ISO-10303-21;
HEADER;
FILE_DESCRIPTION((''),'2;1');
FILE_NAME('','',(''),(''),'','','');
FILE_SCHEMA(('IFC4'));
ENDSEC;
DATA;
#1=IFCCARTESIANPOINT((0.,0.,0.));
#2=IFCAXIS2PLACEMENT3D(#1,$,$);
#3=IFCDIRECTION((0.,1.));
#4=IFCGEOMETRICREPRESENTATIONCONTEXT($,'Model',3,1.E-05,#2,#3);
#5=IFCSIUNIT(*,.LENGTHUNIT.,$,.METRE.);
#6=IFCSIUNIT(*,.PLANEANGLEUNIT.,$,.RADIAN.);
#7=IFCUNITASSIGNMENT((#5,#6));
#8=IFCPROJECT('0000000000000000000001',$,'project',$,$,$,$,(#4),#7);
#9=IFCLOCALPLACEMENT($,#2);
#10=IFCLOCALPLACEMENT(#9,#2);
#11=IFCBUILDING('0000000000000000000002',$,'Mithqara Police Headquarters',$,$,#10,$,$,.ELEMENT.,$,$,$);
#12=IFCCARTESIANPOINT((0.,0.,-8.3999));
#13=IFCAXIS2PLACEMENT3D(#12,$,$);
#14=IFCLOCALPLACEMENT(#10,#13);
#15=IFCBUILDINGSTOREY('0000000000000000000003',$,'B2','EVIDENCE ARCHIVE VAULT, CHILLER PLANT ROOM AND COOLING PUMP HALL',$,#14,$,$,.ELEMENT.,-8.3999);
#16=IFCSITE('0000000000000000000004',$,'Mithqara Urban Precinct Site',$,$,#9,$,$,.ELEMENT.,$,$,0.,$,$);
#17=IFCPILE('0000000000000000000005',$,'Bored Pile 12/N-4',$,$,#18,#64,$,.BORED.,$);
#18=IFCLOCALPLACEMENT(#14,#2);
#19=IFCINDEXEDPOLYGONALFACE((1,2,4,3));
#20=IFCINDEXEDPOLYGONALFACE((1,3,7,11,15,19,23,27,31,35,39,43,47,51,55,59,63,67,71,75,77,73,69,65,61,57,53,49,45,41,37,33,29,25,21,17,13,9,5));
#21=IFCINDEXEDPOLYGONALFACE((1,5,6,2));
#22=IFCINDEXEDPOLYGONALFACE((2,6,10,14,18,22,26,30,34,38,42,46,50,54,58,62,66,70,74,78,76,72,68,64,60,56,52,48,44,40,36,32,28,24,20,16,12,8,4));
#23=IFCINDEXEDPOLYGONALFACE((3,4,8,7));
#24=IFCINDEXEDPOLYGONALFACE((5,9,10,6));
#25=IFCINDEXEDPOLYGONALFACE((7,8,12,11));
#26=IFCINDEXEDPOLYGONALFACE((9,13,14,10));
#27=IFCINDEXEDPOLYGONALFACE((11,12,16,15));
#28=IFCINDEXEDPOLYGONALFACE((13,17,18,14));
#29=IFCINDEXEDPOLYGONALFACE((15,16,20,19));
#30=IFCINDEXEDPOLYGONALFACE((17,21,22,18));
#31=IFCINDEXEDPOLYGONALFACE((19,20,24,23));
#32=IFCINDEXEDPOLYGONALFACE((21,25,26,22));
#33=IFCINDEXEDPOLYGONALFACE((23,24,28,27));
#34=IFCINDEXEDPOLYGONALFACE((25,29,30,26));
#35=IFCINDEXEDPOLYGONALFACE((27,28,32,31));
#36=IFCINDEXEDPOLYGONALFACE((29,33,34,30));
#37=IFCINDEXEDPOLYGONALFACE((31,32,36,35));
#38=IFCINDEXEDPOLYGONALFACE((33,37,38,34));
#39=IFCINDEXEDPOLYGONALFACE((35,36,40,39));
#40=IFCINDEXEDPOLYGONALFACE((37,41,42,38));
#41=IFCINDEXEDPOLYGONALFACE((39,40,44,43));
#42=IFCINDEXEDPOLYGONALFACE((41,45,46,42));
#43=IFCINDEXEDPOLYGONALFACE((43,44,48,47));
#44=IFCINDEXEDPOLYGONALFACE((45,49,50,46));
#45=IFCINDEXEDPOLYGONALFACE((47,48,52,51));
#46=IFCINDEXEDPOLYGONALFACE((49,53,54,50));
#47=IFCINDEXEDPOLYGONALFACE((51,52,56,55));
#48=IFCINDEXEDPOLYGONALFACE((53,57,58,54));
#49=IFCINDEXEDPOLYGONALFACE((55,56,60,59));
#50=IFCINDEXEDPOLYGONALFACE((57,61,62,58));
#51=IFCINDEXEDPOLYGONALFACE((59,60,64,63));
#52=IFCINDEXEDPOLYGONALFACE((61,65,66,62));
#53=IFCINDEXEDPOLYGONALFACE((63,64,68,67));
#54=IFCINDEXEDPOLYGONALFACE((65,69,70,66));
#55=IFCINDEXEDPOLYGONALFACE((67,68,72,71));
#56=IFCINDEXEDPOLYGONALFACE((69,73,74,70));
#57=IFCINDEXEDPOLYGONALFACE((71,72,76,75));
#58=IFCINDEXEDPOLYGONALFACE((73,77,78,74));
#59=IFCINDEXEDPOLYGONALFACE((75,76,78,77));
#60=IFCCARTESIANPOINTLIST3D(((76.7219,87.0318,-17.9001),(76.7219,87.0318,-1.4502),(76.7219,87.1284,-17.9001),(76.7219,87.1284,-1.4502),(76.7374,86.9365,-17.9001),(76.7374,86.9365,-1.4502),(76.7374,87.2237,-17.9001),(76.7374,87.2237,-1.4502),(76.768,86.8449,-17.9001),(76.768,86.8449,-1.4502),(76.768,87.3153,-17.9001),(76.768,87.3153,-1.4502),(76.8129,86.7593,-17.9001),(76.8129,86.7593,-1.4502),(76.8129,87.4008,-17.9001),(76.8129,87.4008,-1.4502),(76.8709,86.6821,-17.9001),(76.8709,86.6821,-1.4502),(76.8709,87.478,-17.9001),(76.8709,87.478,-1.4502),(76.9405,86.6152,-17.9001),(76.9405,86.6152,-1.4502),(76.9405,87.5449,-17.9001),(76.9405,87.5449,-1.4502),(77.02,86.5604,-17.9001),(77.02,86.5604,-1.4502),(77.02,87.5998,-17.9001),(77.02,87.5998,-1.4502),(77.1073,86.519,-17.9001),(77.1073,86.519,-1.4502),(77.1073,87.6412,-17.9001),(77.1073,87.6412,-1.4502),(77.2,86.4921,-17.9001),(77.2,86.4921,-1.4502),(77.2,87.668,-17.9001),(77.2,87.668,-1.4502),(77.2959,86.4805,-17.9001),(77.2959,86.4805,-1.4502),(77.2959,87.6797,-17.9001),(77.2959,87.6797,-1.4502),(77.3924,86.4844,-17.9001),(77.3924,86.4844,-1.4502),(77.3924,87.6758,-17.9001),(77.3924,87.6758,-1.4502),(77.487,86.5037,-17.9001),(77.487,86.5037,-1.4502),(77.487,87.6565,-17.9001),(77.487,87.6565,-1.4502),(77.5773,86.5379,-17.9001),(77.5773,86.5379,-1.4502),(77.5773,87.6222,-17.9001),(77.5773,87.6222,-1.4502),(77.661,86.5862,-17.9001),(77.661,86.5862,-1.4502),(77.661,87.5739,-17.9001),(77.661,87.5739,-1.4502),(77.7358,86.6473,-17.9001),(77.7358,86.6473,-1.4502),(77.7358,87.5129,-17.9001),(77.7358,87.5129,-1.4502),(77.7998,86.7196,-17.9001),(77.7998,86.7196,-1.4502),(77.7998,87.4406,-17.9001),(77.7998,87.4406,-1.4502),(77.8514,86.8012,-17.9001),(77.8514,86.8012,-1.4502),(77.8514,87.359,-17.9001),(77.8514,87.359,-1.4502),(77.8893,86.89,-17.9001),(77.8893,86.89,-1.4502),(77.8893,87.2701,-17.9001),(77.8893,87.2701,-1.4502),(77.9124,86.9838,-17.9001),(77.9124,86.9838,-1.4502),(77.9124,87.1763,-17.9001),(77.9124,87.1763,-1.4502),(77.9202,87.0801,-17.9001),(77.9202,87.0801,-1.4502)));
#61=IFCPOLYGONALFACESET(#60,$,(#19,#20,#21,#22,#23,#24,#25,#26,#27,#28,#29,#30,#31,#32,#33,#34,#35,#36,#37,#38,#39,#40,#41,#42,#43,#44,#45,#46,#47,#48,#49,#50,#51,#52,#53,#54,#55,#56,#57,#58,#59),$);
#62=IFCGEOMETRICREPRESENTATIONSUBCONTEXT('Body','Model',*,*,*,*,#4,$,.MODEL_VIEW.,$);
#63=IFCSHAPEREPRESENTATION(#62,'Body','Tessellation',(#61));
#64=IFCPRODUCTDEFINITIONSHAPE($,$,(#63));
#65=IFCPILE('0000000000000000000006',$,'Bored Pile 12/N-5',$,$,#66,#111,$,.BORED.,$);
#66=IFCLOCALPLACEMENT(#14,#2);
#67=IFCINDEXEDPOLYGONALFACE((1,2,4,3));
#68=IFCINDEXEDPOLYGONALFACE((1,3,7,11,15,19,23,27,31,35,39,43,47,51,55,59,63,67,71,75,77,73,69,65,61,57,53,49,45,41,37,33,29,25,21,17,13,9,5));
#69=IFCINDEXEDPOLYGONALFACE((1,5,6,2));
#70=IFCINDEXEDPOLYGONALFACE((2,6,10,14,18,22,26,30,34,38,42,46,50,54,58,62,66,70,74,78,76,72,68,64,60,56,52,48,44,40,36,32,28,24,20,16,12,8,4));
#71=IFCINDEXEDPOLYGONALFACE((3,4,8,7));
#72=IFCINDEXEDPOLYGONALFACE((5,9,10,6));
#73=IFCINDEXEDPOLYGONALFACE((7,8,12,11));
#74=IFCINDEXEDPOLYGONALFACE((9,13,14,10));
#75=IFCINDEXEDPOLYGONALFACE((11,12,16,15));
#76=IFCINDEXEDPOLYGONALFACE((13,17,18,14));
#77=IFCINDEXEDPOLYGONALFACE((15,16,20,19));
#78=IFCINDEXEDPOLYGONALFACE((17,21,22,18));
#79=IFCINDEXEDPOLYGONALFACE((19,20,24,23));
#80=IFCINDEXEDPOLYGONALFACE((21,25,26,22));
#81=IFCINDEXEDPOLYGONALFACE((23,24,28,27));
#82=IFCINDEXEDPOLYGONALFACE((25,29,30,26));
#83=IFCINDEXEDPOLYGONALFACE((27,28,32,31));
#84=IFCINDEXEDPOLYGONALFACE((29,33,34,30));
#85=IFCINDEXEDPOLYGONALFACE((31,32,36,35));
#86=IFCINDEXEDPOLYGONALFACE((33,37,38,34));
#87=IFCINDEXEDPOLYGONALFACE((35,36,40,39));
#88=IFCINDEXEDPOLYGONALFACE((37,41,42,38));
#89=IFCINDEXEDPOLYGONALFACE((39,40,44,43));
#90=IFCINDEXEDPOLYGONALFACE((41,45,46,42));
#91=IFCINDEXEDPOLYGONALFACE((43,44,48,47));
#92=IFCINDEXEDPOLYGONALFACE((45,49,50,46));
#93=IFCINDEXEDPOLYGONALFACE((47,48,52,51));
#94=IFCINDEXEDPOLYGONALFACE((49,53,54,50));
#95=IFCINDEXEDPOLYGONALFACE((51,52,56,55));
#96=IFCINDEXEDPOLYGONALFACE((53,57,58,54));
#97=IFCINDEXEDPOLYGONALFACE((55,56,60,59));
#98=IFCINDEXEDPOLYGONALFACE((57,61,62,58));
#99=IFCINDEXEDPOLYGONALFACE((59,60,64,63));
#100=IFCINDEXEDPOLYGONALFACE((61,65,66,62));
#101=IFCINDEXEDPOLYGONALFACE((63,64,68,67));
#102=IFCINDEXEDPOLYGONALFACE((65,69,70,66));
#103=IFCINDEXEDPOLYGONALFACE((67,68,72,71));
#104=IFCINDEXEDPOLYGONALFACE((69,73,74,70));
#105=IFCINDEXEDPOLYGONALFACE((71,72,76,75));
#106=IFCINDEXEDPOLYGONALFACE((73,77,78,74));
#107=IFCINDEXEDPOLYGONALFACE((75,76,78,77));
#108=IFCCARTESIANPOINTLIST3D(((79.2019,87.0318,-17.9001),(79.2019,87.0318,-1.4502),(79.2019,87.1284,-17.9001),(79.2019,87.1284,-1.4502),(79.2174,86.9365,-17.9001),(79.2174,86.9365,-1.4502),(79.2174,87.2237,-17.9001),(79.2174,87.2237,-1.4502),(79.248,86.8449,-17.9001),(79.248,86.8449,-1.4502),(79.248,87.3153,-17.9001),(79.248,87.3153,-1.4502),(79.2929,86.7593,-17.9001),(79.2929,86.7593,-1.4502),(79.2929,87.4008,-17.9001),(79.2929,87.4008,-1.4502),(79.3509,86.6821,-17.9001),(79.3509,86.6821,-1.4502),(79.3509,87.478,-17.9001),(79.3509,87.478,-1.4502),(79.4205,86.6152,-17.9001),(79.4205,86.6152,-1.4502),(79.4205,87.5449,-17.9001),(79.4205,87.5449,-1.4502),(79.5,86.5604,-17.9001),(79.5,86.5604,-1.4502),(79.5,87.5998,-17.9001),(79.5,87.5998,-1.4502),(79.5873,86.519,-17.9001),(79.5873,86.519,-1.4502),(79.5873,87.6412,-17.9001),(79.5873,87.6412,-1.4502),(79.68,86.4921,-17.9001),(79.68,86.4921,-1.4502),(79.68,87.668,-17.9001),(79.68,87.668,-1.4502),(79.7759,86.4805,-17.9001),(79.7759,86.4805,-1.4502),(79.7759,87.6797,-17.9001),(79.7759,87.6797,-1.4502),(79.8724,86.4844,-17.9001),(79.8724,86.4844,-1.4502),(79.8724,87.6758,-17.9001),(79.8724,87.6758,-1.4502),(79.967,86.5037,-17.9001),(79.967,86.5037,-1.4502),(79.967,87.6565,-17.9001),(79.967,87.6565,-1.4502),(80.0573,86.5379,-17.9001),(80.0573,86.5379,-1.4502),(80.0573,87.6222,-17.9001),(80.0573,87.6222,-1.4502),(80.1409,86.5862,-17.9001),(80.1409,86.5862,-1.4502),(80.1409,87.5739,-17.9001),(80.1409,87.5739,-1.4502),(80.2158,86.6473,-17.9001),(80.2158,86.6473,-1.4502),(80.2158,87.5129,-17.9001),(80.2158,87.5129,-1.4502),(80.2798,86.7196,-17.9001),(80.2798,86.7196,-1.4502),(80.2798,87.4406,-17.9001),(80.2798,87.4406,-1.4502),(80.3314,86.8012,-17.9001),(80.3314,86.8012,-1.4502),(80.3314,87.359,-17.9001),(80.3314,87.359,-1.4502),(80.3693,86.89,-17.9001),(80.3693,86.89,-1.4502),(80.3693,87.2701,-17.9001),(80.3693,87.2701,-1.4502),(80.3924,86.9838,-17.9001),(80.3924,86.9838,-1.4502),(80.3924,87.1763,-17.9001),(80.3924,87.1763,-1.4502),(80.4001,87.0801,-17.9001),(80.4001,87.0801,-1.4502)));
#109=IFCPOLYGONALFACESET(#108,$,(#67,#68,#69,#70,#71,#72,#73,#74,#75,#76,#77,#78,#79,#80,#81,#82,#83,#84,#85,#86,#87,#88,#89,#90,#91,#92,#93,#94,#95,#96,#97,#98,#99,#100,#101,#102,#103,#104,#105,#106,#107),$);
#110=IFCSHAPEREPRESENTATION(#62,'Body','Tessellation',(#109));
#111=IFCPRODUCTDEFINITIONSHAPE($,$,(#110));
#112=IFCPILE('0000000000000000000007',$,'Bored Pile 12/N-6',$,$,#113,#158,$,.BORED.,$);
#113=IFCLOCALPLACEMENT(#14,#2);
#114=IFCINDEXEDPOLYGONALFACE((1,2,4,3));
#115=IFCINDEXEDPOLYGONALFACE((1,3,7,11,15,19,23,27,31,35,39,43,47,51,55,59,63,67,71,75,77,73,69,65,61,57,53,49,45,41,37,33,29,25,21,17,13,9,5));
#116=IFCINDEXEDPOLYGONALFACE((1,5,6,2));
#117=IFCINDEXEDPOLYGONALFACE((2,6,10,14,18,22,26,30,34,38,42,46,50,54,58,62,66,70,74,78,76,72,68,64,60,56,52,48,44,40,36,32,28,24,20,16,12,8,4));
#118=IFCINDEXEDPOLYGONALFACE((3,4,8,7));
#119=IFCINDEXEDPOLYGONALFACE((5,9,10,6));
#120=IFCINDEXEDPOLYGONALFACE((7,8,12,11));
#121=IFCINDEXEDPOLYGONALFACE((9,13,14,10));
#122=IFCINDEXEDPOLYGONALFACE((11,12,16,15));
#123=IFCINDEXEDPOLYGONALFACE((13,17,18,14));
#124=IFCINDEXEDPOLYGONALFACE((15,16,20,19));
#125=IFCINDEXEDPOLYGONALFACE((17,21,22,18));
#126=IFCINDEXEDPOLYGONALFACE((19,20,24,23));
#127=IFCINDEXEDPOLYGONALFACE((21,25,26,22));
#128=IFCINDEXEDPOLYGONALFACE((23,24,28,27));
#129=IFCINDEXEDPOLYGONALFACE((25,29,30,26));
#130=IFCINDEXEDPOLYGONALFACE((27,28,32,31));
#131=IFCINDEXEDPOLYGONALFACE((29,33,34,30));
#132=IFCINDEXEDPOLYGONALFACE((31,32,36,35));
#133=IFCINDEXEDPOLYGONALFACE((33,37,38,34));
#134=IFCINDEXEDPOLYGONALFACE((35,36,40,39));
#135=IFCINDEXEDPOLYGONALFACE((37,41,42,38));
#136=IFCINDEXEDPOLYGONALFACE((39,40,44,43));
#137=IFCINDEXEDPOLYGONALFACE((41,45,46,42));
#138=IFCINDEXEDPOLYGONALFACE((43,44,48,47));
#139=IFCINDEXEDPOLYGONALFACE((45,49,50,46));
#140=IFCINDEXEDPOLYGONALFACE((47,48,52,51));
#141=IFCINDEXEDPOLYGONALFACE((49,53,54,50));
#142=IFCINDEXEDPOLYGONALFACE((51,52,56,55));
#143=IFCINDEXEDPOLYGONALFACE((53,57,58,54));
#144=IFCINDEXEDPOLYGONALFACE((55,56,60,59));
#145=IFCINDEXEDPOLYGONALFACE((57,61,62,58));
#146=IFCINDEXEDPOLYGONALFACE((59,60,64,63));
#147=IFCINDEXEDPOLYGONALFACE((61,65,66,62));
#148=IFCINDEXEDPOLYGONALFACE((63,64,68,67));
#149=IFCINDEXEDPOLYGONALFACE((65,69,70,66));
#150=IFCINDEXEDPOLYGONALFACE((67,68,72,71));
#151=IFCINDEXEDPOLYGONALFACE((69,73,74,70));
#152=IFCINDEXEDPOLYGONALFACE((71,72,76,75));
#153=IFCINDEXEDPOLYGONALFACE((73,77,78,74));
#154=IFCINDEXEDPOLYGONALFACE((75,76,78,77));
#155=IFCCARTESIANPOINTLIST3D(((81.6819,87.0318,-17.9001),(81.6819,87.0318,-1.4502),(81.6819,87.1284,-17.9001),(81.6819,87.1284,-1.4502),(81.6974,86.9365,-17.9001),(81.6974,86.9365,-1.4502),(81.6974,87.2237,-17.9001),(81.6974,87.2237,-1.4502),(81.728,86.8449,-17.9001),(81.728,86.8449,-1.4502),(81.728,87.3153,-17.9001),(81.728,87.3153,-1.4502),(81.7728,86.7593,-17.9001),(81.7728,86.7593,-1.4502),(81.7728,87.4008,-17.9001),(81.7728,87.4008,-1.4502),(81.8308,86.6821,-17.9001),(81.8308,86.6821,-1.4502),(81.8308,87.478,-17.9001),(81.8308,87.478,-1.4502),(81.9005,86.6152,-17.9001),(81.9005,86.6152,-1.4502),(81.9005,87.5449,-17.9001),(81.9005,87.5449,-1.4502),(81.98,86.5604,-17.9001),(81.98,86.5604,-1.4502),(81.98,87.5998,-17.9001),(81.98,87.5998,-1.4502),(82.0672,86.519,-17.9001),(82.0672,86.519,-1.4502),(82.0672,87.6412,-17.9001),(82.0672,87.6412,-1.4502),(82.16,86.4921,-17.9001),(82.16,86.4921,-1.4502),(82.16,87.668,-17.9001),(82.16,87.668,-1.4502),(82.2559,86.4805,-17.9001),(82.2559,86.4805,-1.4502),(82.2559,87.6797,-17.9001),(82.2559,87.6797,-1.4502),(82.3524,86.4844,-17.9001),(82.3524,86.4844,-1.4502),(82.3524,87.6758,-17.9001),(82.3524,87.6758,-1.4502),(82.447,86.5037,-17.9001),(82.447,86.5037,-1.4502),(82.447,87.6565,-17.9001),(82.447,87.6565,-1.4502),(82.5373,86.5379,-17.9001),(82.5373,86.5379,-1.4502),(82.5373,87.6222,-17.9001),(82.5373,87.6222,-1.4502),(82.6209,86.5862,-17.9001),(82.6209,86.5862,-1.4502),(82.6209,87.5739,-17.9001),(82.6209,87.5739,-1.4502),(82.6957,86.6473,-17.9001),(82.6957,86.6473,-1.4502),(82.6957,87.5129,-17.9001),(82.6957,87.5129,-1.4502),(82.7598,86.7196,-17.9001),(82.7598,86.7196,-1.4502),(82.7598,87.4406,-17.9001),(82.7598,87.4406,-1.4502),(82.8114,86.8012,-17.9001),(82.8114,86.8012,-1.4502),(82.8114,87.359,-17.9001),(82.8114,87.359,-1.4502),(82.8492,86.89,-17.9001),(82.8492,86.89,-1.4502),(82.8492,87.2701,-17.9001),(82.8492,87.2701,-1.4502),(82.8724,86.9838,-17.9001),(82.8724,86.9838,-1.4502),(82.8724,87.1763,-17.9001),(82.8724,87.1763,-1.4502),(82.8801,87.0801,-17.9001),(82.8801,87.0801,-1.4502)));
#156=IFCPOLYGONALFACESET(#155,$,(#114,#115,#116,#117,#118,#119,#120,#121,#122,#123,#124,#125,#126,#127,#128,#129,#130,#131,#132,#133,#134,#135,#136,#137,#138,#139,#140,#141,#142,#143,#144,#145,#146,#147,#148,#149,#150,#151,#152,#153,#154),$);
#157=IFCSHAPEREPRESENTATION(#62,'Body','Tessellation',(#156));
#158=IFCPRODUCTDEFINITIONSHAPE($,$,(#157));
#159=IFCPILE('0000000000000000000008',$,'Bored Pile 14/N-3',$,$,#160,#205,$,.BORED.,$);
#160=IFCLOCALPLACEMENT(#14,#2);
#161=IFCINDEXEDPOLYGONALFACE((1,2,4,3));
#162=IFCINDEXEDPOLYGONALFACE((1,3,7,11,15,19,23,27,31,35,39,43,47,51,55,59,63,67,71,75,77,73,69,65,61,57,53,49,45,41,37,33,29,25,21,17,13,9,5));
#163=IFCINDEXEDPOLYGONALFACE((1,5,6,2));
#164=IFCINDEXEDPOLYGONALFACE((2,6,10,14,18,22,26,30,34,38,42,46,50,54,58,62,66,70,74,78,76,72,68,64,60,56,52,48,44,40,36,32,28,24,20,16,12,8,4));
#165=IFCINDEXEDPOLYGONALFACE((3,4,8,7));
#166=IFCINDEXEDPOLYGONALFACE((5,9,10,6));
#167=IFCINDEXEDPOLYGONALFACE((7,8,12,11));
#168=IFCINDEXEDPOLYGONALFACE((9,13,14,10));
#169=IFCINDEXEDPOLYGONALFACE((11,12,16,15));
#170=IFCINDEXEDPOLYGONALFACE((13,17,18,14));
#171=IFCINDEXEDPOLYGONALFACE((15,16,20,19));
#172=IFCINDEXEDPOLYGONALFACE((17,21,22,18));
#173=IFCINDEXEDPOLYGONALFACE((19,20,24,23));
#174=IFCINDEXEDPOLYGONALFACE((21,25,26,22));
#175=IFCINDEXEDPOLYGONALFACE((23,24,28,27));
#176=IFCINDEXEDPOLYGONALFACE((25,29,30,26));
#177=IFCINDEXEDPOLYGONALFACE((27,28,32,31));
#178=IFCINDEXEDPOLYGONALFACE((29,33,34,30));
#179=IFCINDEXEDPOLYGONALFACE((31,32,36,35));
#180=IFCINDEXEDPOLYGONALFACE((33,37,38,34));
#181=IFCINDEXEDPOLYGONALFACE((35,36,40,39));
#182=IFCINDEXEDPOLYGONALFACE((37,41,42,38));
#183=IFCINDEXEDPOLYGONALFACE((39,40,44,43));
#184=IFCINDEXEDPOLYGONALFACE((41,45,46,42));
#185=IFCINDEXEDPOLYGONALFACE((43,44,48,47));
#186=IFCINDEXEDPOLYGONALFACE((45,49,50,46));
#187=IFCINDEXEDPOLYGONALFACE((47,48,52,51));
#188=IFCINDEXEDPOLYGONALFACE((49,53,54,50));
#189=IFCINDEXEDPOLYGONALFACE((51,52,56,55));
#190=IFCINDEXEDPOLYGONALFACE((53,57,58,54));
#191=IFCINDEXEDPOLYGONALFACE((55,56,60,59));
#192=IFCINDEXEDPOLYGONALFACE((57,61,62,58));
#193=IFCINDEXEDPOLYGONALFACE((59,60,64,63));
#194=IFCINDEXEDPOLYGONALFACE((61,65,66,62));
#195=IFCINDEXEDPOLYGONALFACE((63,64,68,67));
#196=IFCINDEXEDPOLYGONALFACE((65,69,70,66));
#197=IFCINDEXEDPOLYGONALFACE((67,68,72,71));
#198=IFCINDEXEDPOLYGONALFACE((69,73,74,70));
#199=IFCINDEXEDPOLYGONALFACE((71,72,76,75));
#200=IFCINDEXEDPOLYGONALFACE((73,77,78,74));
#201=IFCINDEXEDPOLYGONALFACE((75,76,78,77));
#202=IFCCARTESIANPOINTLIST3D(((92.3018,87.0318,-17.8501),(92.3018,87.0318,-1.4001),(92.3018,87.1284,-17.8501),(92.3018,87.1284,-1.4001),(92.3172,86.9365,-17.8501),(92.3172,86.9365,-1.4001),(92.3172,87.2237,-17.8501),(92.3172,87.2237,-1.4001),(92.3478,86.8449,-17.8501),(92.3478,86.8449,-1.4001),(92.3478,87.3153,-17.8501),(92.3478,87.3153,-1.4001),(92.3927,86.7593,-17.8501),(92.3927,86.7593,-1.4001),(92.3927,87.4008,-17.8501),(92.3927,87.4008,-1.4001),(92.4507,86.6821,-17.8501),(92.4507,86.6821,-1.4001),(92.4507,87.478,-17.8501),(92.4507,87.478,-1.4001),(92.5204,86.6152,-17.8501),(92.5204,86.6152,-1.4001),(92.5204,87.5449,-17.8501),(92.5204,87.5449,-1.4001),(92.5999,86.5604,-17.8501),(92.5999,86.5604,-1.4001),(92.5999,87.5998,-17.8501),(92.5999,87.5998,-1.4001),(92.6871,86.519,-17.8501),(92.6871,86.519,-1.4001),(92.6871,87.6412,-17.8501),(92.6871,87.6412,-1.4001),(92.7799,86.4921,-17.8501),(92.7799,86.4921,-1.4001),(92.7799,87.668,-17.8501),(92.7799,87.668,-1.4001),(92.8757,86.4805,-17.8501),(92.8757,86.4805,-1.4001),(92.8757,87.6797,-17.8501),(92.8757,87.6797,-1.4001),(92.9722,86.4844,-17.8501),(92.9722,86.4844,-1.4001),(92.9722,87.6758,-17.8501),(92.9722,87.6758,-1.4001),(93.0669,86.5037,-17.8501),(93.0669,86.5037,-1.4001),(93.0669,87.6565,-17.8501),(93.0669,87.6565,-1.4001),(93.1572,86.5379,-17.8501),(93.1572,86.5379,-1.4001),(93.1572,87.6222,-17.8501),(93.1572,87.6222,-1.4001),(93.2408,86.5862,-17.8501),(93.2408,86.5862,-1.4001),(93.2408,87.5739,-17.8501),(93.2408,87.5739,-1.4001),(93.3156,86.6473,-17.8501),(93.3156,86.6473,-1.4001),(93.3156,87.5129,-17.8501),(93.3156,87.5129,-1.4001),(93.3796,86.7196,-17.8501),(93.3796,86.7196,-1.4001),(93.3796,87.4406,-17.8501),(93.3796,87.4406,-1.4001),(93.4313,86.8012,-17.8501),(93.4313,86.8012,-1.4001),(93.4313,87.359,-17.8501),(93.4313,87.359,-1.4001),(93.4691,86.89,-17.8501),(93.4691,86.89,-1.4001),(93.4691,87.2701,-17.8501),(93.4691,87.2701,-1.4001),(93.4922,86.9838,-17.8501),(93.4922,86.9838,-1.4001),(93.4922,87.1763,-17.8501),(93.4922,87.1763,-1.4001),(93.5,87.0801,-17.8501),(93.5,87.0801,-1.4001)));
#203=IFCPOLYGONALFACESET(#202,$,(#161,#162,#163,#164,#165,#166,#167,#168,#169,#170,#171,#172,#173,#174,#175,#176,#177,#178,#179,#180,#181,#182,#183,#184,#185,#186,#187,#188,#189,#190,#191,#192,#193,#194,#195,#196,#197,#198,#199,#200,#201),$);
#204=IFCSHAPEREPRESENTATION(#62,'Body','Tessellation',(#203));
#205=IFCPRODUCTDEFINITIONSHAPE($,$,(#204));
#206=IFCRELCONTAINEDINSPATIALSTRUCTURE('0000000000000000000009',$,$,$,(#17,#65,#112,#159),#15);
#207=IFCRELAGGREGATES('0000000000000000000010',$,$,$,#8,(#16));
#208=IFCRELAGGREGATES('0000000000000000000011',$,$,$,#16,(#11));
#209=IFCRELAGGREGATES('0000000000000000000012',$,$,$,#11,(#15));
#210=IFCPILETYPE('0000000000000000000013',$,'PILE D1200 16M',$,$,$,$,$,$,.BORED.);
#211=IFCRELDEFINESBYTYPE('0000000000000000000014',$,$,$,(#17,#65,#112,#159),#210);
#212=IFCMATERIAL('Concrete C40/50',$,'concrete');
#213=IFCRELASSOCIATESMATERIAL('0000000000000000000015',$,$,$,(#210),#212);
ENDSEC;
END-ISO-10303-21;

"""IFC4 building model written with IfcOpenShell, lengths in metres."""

from ifc_helpers import new_model, si_unit, direction, frame, origin, origin_2d, place, context, subcontext, project, spatial, circle, extrude, material, material_profile, profile_set, type_object, element, save


model = new_model("IFC4")

# Units and contexts
model_context = context("Model", 3, precision=1e-05, world=origin(), true_north=direction((0.0, 1.0)))
body_context = subcontext(model_context, "Body", "Model", "MODEL_VIEW")
ifc_project = project(units=[si_unit("LENGTHUNIT", "METRE"), si_unit("PLANEANGLEUNIT", "RADIAN")], contexts=[model_context])

# Site, building, storey
site_placement = place(None, origin())
site = spatial("IfcSite", under=ifc_project, at=site_placement, Name="Mithqara Urban Precinct Site", CompositionType="ELEMENT", RefElevation=0.0)
building_placement = place(site_placement, origin())
building = spatial("IfcBuilding", under=site, at=building_placement, Name="Mithqara Police Headquarters", CompositionType="ELEMENT")
storey_placement = place(building_placement, frame((0.0, 0.0, -8.3999)))
storey = spatial("IfcBuildingStorey", under=building, at=storey_placement, Name="B2", Description="EVIDENCE ARCHIVE VAULT, CHILLER PLANT ROOM AND COOLING PUMP HALL", CompositionType="ELEMENT", Elevation=-8.3999)

# Piles
ifc_material_1 = material(Name="Concrete C40/50", Category="concrete")
ifc_material_profile_1 = material_profile(ifc_material_1, circle(Radius=0.6001, at=origin_2d()), Name="PILE D1200")
ifc_profile_set_1 = profile_set([ifc_material_profile_1], Name="Concrete C40/50")
pile_type_1 = type_object("IfcPileType", Name="PILE D1200 16M", PredefinedType="BORED", material=ifc_profile_set_1)
for number, where, z_axis, x_axis, name in (
    (1, (77.3201, 87.0801, -1.4502), (0.0, 0.0, -1.0), (1.0, 0.0, 0.0), "Bored Pile 12/N-4"),
    (2, (79.8, 87.0801, -1.4502), (0.0, 0.0, -1.0), (1.0, 0.0, 0.0), "Bored Pile 12/N-5"),
    (3, (82.28, 87.0801, -1.4502), (0.0, 0.0, -1.0), (1.0, 0.0, 0.0), "Bored Pile 12/N-6"),
    (4, (92.8999, 87.0801, -1.4001), (0.0, 0.0, -1.0), (1.0, 0.0, 0.0), "Bored Pile 14/N-3"),
):
    element("IfcPile", number, at=place(storey_placement, frame(where, z_axis=z_axis, x_axis=x_axis)), inside=storey, type_object=pile_type_1, Name=name, PredefinedType="BORED", context=body_context, shape_type="SweptSolid", body=[
        extrude(circle(Radius=0.6001, at=origin_2d()), origin(), (0.0, 0.0, 1.0), 16.45),
    ])

save(model, "model.ifc")
